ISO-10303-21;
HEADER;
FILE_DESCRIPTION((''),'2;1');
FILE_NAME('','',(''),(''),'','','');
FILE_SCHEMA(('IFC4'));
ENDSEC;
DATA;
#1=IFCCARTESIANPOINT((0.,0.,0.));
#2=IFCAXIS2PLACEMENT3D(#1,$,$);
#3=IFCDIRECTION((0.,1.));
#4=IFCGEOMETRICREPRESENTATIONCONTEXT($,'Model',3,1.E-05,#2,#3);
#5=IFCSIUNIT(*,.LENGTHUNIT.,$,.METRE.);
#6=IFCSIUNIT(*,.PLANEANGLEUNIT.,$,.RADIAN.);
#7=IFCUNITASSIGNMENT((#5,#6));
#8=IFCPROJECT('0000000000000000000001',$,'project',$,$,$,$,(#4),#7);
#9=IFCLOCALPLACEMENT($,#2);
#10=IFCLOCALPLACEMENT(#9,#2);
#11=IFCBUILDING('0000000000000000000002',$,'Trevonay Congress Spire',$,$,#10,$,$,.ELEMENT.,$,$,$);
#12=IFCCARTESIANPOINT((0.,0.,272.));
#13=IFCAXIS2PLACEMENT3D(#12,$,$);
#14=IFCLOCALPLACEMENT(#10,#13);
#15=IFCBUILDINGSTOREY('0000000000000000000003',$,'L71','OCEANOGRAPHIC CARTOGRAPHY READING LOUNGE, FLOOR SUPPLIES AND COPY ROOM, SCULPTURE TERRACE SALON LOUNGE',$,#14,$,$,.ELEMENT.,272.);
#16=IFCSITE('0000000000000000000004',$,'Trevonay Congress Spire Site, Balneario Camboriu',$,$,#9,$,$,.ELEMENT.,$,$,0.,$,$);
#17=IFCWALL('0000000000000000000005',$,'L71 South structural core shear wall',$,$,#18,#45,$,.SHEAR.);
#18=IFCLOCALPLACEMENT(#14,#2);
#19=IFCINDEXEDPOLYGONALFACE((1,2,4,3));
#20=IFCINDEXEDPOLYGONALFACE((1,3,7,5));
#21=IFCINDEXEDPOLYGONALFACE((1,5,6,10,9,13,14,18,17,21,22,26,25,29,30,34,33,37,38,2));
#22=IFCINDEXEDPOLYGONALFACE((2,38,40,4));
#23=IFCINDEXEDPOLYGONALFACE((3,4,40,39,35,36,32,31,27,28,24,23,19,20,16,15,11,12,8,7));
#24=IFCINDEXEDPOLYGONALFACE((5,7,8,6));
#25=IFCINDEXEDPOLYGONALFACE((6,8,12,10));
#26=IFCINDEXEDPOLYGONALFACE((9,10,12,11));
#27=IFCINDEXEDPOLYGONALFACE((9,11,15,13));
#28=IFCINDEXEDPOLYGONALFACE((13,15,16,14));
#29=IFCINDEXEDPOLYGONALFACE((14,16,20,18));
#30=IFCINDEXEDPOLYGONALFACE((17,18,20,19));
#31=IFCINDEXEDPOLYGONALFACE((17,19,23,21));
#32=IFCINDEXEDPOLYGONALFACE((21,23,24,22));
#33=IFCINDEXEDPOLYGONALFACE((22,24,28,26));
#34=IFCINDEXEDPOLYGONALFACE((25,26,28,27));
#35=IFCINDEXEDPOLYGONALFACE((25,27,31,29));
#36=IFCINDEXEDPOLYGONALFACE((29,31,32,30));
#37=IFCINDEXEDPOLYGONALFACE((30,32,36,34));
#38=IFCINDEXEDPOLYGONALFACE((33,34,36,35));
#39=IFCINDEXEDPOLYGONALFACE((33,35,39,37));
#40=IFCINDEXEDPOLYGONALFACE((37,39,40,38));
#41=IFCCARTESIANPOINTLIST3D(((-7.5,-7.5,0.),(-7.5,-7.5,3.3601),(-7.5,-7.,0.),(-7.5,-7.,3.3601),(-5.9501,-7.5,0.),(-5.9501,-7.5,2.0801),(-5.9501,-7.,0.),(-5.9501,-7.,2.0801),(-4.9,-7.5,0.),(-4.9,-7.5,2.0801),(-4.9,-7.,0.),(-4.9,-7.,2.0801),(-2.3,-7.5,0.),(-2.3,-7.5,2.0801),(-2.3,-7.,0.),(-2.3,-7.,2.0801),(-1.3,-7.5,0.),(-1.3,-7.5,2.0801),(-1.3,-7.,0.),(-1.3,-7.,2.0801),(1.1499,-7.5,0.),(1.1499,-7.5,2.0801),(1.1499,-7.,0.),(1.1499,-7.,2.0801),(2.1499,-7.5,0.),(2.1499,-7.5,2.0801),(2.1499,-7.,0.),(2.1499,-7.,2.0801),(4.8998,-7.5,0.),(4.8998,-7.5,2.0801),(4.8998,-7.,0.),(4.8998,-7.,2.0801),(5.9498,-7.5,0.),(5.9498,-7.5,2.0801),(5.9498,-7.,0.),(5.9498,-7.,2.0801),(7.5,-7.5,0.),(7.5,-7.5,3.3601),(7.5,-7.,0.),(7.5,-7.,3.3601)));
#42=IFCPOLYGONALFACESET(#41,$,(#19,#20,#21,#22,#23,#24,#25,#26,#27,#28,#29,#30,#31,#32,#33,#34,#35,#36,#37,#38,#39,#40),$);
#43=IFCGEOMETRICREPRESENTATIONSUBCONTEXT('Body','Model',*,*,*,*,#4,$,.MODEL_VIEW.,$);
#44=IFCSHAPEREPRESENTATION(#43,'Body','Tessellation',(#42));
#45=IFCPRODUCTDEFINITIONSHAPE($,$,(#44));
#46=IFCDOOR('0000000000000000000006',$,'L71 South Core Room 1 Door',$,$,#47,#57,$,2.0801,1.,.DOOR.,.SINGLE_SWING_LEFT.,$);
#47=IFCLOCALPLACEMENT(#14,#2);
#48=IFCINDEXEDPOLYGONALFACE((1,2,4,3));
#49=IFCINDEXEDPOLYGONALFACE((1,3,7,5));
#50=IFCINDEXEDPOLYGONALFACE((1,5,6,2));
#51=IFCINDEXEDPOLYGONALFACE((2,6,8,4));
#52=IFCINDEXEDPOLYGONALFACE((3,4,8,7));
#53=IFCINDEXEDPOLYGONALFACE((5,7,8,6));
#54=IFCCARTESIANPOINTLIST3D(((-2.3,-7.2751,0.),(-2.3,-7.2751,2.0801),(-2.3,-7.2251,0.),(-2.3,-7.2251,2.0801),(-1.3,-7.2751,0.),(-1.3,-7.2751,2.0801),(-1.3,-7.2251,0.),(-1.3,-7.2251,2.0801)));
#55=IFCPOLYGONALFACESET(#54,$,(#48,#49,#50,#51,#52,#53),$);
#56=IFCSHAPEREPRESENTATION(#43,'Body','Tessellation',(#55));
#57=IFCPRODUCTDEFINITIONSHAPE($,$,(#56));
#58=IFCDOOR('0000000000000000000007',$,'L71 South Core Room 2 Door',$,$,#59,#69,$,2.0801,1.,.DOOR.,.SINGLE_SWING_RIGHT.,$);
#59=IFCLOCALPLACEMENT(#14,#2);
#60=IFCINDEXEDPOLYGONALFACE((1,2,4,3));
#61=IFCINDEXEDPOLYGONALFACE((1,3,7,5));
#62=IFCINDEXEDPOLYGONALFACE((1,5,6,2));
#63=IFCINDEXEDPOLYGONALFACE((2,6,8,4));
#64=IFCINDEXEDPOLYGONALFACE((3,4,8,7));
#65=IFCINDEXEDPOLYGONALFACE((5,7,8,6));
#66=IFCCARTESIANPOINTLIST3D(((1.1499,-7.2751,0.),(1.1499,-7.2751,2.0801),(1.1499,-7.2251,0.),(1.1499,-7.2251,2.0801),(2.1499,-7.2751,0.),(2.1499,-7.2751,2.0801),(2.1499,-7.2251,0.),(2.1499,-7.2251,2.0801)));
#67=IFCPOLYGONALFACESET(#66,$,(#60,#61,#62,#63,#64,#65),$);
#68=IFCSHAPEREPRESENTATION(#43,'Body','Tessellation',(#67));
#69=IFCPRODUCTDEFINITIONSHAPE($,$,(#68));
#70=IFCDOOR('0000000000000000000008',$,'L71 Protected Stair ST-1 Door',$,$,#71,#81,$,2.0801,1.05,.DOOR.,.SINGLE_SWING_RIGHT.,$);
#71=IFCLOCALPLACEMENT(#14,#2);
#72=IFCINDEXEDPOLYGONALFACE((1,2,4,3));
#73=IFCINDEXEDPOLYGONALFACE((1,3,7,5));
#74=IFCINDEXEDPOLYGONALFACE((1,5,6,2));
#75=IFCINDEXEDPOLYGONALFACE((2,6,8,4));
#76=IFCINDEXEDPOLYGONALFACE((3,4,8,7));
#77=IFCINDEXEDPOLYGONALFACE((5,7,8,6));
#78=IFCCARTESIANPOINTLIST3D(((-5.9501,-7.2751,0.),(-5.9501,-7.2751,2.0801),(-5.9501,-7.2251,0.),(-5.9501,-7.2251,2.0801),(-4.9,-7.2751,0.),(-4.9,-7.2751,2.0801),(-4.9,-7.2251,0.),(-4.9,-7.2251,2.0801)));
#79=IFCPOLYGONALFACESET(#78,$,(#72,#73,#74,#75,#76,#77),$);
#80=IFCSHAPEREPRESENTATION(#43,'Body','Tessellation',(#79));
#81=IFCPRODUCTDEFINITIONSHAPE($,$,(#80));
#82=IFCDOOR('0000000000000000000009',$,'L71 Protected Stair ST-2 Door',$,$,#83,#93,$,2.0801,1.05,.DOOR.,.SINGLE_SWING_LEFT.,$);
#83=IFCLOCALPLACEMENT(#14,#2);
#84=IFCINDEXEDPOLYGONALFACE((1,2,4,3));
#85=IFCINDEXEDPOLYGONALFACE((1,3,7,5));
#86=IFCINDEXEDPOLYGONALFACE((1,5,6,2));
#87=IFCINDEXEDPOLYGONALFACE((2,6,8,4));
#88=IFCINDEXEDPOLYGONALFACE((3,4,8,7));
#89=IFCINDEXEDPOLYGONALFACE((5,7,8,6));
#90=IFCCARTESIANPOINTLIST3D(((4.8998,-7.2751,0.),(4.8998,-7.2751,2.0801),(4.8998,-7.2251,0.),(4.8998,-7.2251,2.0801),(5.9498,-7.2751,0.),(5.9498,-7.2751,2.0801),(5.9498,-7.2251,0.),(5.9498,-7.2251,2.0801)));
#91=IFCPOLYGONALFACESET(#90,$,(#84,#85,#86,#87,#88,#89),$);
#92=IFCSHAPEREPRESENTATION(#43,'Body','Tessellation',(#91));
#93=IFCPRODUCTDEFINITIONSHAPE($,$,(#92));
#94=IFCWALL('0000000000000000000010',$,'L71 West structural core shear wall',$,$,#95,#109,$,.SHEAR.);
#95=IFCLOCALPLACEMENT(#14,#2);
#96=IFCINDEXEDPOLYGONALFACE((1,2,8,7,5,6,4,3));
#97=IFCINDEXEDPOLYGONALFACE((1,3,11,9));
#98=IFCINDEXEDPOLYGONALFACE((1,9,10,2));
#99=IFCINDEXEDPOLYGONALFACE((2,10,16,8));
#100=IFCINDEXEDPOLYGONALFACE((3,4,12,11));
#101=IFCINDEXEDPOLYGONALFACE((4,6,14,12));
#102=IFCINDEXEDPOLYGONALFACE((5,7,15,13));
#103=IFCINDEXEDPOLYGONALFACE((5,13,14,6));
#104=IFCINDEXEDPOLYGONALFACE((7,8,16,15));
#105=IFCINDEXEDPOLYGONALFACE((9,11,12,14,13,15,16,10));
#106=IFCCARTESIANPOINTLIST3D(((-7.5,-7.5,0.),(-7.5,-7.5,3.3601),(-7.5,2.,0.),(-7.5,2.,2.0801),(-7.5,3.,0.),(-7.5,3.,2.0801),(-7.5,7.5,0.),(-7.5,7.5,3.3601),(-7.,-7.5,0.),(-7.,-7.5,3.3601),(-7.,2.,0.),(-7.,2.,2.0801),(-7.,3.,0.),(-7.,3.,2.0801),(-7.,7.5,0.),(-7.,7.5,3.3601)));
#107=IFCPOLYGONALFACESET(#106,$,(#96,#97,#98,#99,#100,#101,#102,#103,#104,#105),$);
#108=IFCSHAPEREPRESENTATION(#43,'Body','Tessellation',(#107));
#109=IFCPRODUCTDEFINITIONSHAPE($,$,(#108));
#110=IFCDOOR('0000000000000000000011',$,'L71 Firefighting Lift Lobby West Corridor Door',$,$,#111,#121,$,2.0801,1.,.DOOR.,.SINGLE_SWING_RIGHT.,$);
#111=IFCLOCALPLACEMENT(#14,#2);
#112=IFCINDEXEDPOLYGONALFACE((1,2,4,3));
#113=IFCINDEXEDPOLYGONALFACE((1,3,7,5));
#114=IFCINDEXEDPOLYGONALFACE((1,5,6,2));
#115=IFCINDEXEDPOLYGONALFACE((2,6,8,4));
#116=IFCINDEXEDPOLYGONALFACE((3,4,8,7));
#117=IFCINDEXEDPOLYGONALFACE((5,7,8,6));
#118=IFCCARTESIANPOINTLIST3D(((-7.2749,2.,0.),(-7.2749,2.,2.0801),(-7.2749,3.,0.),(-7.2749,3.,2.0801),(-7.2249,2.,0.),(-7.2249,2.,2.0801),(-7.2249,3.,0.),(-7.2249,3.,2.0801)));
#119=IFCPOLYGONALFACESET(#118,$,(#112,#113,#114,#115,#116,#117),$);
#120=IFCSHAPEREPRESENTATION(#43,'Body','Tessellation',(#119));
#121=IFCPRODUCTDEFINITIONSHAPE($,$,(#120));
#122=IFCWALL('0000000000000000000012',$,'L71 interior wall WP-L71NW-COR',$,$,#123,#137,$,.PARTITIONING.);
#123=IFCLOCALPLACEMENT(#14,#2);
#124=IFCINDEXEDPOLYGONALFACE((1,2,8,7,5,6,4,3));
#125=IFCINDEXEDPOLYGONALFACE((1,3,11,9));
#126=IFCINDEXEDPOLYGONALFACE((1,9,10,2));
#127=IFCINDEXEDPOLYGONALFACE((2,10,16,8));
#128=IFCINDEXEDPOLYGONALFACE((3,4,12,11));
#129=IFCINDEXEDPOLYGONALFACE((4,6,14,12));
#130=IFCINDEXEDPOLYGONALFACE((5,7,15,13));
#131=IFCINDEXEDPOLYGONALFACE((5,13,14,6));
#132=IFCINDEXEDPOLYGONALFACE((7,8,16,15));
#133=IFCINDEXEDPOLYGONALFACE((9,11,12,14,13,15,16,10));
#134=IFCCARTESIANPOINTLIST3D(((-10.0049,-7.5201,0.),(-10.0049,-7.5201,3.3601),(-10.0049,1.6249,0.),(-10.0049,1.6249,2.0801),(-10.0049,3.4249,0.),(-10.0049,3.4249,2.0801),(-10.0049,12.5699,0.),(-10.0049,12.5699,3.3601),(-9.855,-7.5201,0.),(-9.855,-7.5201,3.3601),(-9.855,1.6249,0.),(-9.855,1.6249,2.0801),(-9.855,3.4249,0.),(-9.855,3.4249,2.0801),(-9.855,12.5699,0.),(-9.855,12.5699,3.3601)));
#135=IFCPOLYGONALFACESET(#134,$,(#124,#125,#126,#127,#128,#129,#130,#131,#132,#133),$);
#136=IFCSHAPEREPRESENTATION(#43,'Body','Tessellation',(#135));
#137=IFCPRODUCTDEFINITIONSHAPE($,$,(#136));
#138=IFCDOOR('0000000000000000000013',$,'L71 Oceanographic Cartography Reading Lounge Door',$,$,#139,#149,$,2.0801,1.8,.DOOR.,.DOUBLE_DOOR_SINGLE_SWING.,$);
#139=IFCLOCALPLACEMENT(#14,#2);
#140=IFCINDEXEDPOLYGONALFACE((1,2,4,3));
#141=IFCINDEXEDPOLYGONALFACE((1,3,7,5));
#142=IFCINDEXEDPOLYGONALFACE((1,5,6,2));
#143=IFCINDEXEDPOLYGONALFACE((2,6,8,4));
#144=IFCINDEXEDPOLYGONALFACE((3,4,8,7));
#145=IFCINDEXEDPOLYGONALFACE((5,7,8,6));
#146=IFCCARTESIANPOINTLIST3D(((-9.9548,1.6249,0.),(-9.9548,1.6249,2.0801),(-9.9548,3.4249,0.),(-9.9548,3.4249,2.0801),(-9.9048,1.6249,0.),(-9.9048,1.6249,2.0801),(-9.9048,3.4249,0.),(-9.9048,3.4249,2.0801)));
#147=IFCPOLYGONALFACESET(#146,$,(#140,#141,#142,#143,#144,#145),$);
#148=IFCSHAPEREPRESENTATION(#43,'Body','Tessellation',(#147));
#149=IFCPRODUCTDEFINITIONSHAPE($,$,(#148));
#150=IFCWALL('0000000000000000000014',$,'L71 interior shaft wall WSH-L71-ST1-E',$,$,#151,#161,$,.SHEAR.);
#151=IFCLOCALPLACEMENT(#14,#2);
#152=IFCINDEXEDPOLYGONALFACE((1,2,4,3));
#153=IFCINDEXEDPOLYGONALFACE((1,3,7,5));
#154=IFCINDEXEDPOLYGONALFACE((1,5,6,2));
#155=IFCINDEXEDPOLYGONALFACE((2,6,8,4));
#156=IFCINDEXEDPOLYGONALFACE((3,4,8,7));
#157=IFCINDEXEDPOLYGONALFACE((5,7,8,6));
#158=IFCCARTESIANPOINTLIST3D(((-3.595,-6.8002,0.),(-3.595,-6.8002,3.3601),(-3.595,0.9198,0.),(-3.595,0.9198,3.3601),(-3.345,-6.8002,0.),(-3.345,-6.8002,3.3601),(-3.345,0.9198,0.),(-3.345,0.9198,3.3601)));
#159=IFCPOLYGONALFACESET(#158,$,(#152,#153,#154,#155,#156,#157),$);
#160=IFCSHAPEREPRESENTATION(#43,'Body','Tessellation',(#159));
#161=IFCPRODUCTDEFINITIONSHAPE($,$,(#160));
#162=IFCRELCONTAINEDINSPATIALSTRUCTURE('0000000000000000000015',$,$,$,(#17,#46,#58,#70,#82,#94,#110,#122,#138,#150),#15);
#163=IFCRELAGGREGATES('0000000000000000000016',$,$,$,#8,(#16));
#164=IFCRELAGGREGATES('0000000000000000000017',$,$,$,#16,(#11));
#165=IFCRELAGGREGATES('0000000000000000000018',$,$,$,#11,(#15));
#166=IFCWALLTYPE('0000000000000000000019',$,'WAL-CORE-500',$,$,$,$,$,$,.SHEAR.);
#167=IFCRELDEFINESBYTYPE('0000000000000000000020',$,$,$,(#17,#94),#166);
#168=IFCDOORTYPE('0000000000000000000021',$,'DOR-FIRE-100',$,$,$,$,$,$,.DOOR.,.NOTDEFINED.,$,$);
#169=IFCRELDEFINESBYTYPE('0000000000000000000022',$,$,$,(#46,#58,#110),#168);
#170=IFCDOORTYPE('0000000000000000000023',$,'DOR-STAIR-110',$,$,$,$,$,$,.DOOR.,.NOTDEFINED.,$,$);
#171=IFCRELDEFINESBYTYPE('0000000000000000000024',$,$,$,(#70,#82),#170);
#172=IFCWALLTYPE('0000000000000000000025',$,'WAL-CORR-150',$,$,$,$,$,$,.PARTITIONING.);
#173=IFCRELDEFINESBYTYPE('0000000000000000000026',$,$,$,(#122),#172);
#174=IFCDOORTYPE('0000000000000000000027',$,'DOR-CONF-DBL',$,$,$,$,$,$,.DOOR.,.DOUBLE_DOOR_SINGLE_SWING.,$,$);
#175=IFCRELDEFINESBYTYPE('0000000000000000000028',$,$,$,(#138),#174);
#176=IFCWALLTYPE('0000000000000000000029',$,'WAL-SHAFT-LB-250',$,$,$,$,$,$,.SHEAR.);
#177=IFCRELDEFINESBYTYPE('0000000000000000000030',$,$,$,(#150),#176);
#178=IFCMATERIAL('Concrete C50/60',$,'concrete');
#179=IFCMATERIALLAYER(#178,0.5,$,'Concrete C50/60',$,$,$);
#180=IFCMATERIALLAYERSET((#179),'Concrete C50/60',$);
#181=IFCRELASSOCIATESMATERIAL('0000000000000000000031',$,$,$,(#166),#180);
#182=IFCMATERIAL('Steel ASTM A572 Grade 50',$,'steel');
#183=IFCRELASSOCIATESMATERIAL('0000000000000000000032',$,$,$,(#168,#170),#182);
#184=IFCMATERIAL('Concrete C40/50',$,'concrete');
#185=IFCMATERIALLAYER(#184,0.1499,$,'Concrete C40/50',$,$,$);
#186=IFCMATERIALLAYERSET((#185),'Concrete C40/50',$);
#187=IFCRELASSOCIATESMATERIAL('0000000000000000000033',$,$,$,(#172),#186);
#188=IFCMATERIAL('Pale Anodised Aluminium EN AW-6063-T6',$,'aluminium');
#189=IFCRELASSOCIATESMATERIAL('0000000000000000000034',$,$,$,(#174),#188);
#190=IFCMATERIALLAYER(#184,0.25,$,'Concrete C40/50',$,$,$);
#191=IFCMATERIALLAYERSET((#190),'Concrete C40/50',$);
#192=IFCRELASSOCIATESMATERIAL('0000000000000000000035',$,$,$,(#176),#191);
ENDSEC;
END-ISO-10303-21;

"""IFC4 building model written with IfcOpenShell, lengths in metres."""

from ifc_helpers import new_model, si_unit, direction, frame, frame_2d, origin, place, context, subcontext, project, spatial, rectangle, extrude, material, layer, layer_set, type_object, element, fill, save


model = new_model("IFC4")

# Units and contexts
model_context = context("Model", 3, precision=1e-05, world=origin(), true_north=direction((0.0, 1.0)))
body_context = subcontext(model_context, "Body", "Model", "MODEL_VIEW")
ifc_project = project(units=[si_unit("LENGTHUNIT", "METRE"), si_unit("PLANEANGLEUNIT", "RADIAN")], contexts=[model_context])

# Site, building, storey
site_placement = place(None, origin())
site = spatial("IfcSite", under=ifc_project, at=site_placement, Name="Trevonay Congress Spire Site, Balneario Camboriu", CompositionType="ELEMENT", RefElevation=0.0)
building_placement = place(site_placement, origin())
building = spatial("IfcBuilding", under=site, at=building_placement, Name="Trevonay Congress Spire", CompositionType="ELEMENT")
storey_placement = place(building_placement, frame((0.0, 0.0, 272.0)))
storey = spatial("IfcBuildingStorey", under=building, at=storey_placement, Name="L71", Description="OCEANOGRAPHIC CARTOGRAPHY READING LOUNGE, FLOOR SUPPLIES AND COPY ROOM, SCULPTURE TERRACE SALON LOUNGE", CompositionType="ELEMENT", Elevation=272.0)

# Shared definitions
ifc_material_1 = material(Name="Steel ASTM A572 Grade 50", Category="steel")

# Wall, openings, doors
ifc_material_2 = material(Name="Concrete C50/60", Category="concrete")
ifc_layer_1 = layer(ifc_material_2, 0.5, Name="Concrete C50/60")
ifc_layer_set_1 = layer_set([ifc_layer_1], Name="Concrete C50/60")
wall_type_1 = type_object("IfcWallType", Name="WAL-CORE-500", PredefinedType="SHEAR", material=ifc_layer_set_1)
wall_1_placement = place(storey_placement, frame((-7.5, -7.25, 0.0), z_axis=(0.0, 0.0, 1.0), x_axis=(1.0, 0.0, 0.0)))
wall_1 = element("IfcWall", 1, at=wall_1_placement, inside=storey, type_object=wall_type_1, Name="L71 South structural core shear wall", PredefinedType="SHEAR", context=body_context, shape_type="SweptSolid", body=[
    extrude(rectangle(XDim=15.0, YDim=0.5, at=frame_2d((7.5, 0.0))), origin(), (0.0, 0.0, 1.0), 3.3601),
])
opening_1_placement = place(wall_1_placement, frame((1.55, 0.0, 0.0)))
opening_1 = element("IfcOpeningElement", 2, at=opening_1_placement, cuts=wall_1, PredefinedType="OPENING", context=body_context, shape_type="SweptSolid", body=[
    extrude(rectangle(XDim=1.05, YDim=2.0801, at=frame_2d((0.5249, 1.04))), frame((0.0, 0.26, 0.0), z_axis=(0.0, -1.0, 0.0), x_axis=(1.0, 0.0, 0.0)), (0.0, 0.0, 1.0), 0.52),
])
opening_2_placement = place(wall_1_placement, frame((12.3999, 0.0, 0.0)))
opening_2 = element("IfcOpeningElement", 3, at=opening_2_placement, cuts=wall_1, PredefinedType="OPENING", context=body_context, shape_type="SweptSolid", body=[
    extrude(rectangle(XDim=1.05, YDim=2.0801, at=frame_2d((0.5249, 1.04))), frame((0.0, 0.26, 0.0), z_axis=(0.0, -1.0, 0.0), x_axis=(1.0, 0.0, 0.0)), (0.0, 0.0, 1.0), 0.52),
])
opening_3_placement = place(wall_1_placement, frame((5.2, 0.0, 0.0)))
opening_3 = element("IfcOpeningElement", 4, at=opening_3_placement, cuts=wall_1, PredefinedType="OPENING", context=body_context, shape_type="SweptSolid", body=[
    extrude(rectangle(XDim=1.0, YDim=2.0801, at=frame_2d((0.5, 1.04))), frame((0.0, 0.26, 0.0), z_axis=(0.0, -1.0, 0.0), x_axis=(1.0, 0.0, 0.0)), (0.0, 0.0, 1.0), 0.52),
])
opening_4_placement = place(wall_1_placement, frame((8.6499, 0.0, 0.0)))
opening_4 = element("IfcOpeningElement", 5, at=opening_4_placement, cuts=wall_1, PredefinedType="OPENING", context=body_context, shape_type="SweptSolid", body=[
    extrude(rectangle(XDim=1.0, YDim=2.0801, at=frame_2d((0.5, 1.04))), frame((0.0, 0.26, 0.0), z_axis=(0.0, -1.0, 0.0), x_axis=(1.0, 0.0, 0.0)), (0.0, 0.0, 1.0), 0.52),
])
door_type_1 = type_object("IfcDoorType", Name="DOR-FIRE-100", OperationType="NOTDEFINED", PredefinedType="DOOR", material=ifc_material_1)
door_1_placement = place(opening_3_placement, origin())
door_1 = element("IfcDoor", 6, at=door_1_placement, inside=storey, type_object=door_type_1, Name="L71 South Core Room 1 Door", OperationType="SINGLE_SWING_LEFT", OverallHeight=2.0801, OverallWidth=1.0, PredefinedType="DOOR", context=body_context, shape_type="SweptSolid", body=[
    extrude(rectangle(XDim=1.0, YDim=2.0801, at=frame_2d((0.5, 1.04))), frame((0.0, 0.0249, 0.0), z_axis=(0.0, -1.0, 0.0), x_axis=(1.0, 0.0, 0.0)), (0.0, 0.0, 1.0), 0.05),
])
fill(opening_3, door_1)
door_2_placement = place(opening_4_placement, origin())
door_2 = element("IfcDoor", 7, at=door_2_placement, inside=storey, type_object=door_type_1, Name="L71 South Core Room 2 Door", OperationType="SINGLE_SWING_RIGHT", OverallHeight=2.0801, OverallWidth=1.0, PredefinedType="DOOR", context=body_context, shape_type="SweptSolid", body=[
    extrude(rectangle(XDim=1.0, YDim=2.0801, at=frame_2d((0.5, 1.04))), frame((0.0, 0.0249, 0.0), z_axis=(0.0, -1.0, 0.0), x_axis=(1.0, 0.0, 0.0)), (0.0, 0.0, 1.0), 0.05),
])
fill(opening_4, door_2)
door_type_2 = type_object("IfcDoorType", Name="DOR-STAIR-110", OperationType="NOTDEFINED", PredefinedType="DOOR", material=ifc_material_1)
door_3_placement = place(opening_1_placement, origin())
door_3 = element("IfcDoor", 8, at=door_3_placement, inside=storey, type_object=door_type_2, Name="L71 Protected Stair ST-1 Door", OperationType="SINGLE_SWING_RIGHT", OverallHeight=2.0801, OverallWidth=1.05, PredefinedType="DOOR", context=body_context, shape_type="SweptSolid", body=[
    extrude(rectangle(XDim=1.05, YDim=2.0801, at=frame_2d((0.5249, 1.04))), frame((0.0, 0.0249, 0.0), z_axis=(0.0, -1.0, 0.0), x_axis=(1.0, 0.0, 0.0)), (0.0, 0.0, 1.0), 0.05),
])
fill(opening_1, door_3)
door_4_placement = place(opening_2_placement, origin())
door_4 = element("IfcDoor", 9, at=door_4_placement, inside=storey, type_object=door_type_2, Name="L71 Protected Stair ST-2 Door", OperationType="SINGLE_SWING_LEFT", OverallHeight=2.0801, OverallWidth=1.05, PredefinedType="DOOR", context=body_context, shape_type="SweptSolid", body=[
    extrude(rectangle(XDim=1.05, YDim=2.0801, at=frame_2d((0.5249, 1.04))), frame((0.0, 0.0249, 0.0), z_axis=(0.0, -1.0, 0.0), x_axis=(1.0, 0.0, 0.0)), (0.0, 0.0, 1.0), 0.05),
])
fill(opening_2, door_4)

# Walls, openings, doors
wall_2_placement = place(storey_placement, frame((-7.25, -7.5, 0.0), z_axis=(0.0, 0.0, 1.0), x_axis=(0.0, 1.0, 0.0)))
wall_2 = element("IfcWall", 10, at=wall_2_placement, inside=storey, type_object=wall_type_1, Name="L71 West structural core shear wall", PredefinedType="SHEAR", context=body_context, shape_type="SweptSolid", body=[
    extrude(rectangle(XDim=15.0, YDim=0.5, at=frame_2d((7.5, 0.0))), origin(), (0.0, 0.0, 1.0), 3.3601),
])
opening_5_placement = place(wall_2_placement, frame((9.5, 0.0, 0.0)))
opening_5 = element("IfcOpeningElement", 11, at=opening_5_placement, cuts=wall_2, PredefinedType="OPENING", context=body_context, shape_type="SweptSolid", body=[
    extrude(rectangle(XDim=1.0, YDim=2.0801, at=frame_2d((0.5, 1.04))), frame((0.0, 0.26, 0.0), z_axis=(0.0, -1.0, 0.0), x_axis=(1.0, 0.0, 0.0)), (0.0, 0.0, 1.0), 0.52),
])
door_5_placement = place(opening_5_placement, origin())
door_5 = element("IfcDoor", 12, at=door_5_placement, inside=storey, type_object=door_type_1, Name="L71 Firefighting Lift Lobby West Corridor Door", OperationType="SINGLE_SWING_RIGHT", OverallHeight=2.0801, OverallWidth=1.0, PredefinedType="DOOR", context=body_context, shape_type="SweptSolid", body=[
    extrude(rectangle(XDim=1.0, YDim=2.0801, at=frame_2d((0.5, 1.04))), frame((0.0, 0.0249, 0.0), z_axis=(0.0, -1.0, 0.0), x_axis=(1.0, 0.0, 0.0)), (0.0, 0.0, 1.0), 0.05),
])
fill(opening_5, door_5)
ifc_material_3 = material(Name="Concrete C40/50", Category="concrete")
ifc_layer_2 = layer(ifc_material_3, 0.1499, Name="Concrete C40/50")
ifc_layer_set_2 = layer_set([ifc_layer_2], Name="Concrete C40/50")
wall_type_2 = type_object("IfcWallType", Name="WAL-CORR-150", PredefinedType="PARTITIONING", material=ifc_layer_set_2)
wall_3_placement = place(storey_placement, frame((-9.9299, -7.52, 0.0), z_axis=(0.0, 0.0, 1.0), x_axis=(0.0, 1.0, 0.0)))
wall_3 = element("IfcWall", 13, at=wall_3_placement, inside=storey, type_object=wall_type_2, Name="L71 interior wall WP-L71NW-COR", PredefinedType="PARTITIONING", context=body_context, shape_type="SweptSolid", body=[
    extrude(rectangle(XDim=20.0901, YDim=0.1499, at=frame_2d((10.0449, 0.0))), origin(), (0.0, 0.0, 1.0), 3.3601),
])
opening_6_placement = place(wall_3_placement, frame((9.145, 0.0, 0.0)))
opening_6 = element("IfcOpeningElement", 14, at=opening_6_placement, cuts=wall_3, PredefinedType="OPENING", context=body_context, shape_type="SweptSolid", body=[
    extrude(rectangle(XDim=1.8, YDim=2.0801, at=frame_2d((0.8999, 1.04))), frame((0.0, 0.085, 0.0), z_axis=(0.0, -1.0, 0.0), x_axis=(1.0, 0.0, 0.0)), (0.0, 0.0, 1.0), 0.1699),
])
ifc_material_4 = material(Name="Pale Anodised Aluminium EN AW-6063-T6", Category="aluminium")
door_type_3 = type_object("IfcDoorType", Name="DOR-CONF-DBL", OperationType="DOUBLE_DOOR_SINGLE_SWING", PredefinedType="DOOR", material=ifc_material_4)
door_6_placement = place(opening_6_placement, origin())
door_6 = element("IfcDoor", 15, at=door_6_placement, inside=storey, type_object=door_type_3, Name="L71 Oceanographic Cartography Reading Lounge Door", OperationType="DOUBLE_DOOR_SINGLE_SWING", OverallHeight=2.0801, OverallWidth=1.8, PredefinedType="DOOR", context=body_context, shape_type="SweptSolid", body=[
    extrude(rectangle(XDim=1.8, YDim=2.0801, at=frame_2d((0.8999, 1.04))), frame((0.0, 0.0249, 0.0), z_axis=(0.0, -1.0, 0.0), x_axis=(1.0, 0.0, 0.0)), (0.0, 0.0, 1.0), 0.05),
])
fill(opening_6, door_6)

# Wall
ifc_layer_3 = layer(ifc_material_3, 0.25, Name="Concrete C40/50")
ifc_layer_set_3 = layer_set([ifc_layer_3], Name="Concrete C40/50")
wall_type_3 = type_object("IfcWallType", Name="WAL-SHAFT-LB-250", PredefinedType="SHEAR", material=ifc_layer_set_3)
wall_4_placement = place(storey_placement, frame((-3.47, -6.8, 0.0), z_axis=(0.0, 0.0, 1.0), x_axis=(0.0, 1.0, 0.0)))
element("IfcWall", 16, at=wall_4_placement, inside=storey, type_object=wall_type_3, Name="L71 interior shaft wall WSH-L71-ST1-E", PredefinedType="SHEAR", context=body_context, shape_type="SweptSolid", body=[
    extrude(rectangle(XDim=7.72, YDim=0.25, at=frame_2d((3.8599, 0.0))), origin(), (0.0, 0.0, 1.0), 3.3601),
])

save(model, "model.ifc")
